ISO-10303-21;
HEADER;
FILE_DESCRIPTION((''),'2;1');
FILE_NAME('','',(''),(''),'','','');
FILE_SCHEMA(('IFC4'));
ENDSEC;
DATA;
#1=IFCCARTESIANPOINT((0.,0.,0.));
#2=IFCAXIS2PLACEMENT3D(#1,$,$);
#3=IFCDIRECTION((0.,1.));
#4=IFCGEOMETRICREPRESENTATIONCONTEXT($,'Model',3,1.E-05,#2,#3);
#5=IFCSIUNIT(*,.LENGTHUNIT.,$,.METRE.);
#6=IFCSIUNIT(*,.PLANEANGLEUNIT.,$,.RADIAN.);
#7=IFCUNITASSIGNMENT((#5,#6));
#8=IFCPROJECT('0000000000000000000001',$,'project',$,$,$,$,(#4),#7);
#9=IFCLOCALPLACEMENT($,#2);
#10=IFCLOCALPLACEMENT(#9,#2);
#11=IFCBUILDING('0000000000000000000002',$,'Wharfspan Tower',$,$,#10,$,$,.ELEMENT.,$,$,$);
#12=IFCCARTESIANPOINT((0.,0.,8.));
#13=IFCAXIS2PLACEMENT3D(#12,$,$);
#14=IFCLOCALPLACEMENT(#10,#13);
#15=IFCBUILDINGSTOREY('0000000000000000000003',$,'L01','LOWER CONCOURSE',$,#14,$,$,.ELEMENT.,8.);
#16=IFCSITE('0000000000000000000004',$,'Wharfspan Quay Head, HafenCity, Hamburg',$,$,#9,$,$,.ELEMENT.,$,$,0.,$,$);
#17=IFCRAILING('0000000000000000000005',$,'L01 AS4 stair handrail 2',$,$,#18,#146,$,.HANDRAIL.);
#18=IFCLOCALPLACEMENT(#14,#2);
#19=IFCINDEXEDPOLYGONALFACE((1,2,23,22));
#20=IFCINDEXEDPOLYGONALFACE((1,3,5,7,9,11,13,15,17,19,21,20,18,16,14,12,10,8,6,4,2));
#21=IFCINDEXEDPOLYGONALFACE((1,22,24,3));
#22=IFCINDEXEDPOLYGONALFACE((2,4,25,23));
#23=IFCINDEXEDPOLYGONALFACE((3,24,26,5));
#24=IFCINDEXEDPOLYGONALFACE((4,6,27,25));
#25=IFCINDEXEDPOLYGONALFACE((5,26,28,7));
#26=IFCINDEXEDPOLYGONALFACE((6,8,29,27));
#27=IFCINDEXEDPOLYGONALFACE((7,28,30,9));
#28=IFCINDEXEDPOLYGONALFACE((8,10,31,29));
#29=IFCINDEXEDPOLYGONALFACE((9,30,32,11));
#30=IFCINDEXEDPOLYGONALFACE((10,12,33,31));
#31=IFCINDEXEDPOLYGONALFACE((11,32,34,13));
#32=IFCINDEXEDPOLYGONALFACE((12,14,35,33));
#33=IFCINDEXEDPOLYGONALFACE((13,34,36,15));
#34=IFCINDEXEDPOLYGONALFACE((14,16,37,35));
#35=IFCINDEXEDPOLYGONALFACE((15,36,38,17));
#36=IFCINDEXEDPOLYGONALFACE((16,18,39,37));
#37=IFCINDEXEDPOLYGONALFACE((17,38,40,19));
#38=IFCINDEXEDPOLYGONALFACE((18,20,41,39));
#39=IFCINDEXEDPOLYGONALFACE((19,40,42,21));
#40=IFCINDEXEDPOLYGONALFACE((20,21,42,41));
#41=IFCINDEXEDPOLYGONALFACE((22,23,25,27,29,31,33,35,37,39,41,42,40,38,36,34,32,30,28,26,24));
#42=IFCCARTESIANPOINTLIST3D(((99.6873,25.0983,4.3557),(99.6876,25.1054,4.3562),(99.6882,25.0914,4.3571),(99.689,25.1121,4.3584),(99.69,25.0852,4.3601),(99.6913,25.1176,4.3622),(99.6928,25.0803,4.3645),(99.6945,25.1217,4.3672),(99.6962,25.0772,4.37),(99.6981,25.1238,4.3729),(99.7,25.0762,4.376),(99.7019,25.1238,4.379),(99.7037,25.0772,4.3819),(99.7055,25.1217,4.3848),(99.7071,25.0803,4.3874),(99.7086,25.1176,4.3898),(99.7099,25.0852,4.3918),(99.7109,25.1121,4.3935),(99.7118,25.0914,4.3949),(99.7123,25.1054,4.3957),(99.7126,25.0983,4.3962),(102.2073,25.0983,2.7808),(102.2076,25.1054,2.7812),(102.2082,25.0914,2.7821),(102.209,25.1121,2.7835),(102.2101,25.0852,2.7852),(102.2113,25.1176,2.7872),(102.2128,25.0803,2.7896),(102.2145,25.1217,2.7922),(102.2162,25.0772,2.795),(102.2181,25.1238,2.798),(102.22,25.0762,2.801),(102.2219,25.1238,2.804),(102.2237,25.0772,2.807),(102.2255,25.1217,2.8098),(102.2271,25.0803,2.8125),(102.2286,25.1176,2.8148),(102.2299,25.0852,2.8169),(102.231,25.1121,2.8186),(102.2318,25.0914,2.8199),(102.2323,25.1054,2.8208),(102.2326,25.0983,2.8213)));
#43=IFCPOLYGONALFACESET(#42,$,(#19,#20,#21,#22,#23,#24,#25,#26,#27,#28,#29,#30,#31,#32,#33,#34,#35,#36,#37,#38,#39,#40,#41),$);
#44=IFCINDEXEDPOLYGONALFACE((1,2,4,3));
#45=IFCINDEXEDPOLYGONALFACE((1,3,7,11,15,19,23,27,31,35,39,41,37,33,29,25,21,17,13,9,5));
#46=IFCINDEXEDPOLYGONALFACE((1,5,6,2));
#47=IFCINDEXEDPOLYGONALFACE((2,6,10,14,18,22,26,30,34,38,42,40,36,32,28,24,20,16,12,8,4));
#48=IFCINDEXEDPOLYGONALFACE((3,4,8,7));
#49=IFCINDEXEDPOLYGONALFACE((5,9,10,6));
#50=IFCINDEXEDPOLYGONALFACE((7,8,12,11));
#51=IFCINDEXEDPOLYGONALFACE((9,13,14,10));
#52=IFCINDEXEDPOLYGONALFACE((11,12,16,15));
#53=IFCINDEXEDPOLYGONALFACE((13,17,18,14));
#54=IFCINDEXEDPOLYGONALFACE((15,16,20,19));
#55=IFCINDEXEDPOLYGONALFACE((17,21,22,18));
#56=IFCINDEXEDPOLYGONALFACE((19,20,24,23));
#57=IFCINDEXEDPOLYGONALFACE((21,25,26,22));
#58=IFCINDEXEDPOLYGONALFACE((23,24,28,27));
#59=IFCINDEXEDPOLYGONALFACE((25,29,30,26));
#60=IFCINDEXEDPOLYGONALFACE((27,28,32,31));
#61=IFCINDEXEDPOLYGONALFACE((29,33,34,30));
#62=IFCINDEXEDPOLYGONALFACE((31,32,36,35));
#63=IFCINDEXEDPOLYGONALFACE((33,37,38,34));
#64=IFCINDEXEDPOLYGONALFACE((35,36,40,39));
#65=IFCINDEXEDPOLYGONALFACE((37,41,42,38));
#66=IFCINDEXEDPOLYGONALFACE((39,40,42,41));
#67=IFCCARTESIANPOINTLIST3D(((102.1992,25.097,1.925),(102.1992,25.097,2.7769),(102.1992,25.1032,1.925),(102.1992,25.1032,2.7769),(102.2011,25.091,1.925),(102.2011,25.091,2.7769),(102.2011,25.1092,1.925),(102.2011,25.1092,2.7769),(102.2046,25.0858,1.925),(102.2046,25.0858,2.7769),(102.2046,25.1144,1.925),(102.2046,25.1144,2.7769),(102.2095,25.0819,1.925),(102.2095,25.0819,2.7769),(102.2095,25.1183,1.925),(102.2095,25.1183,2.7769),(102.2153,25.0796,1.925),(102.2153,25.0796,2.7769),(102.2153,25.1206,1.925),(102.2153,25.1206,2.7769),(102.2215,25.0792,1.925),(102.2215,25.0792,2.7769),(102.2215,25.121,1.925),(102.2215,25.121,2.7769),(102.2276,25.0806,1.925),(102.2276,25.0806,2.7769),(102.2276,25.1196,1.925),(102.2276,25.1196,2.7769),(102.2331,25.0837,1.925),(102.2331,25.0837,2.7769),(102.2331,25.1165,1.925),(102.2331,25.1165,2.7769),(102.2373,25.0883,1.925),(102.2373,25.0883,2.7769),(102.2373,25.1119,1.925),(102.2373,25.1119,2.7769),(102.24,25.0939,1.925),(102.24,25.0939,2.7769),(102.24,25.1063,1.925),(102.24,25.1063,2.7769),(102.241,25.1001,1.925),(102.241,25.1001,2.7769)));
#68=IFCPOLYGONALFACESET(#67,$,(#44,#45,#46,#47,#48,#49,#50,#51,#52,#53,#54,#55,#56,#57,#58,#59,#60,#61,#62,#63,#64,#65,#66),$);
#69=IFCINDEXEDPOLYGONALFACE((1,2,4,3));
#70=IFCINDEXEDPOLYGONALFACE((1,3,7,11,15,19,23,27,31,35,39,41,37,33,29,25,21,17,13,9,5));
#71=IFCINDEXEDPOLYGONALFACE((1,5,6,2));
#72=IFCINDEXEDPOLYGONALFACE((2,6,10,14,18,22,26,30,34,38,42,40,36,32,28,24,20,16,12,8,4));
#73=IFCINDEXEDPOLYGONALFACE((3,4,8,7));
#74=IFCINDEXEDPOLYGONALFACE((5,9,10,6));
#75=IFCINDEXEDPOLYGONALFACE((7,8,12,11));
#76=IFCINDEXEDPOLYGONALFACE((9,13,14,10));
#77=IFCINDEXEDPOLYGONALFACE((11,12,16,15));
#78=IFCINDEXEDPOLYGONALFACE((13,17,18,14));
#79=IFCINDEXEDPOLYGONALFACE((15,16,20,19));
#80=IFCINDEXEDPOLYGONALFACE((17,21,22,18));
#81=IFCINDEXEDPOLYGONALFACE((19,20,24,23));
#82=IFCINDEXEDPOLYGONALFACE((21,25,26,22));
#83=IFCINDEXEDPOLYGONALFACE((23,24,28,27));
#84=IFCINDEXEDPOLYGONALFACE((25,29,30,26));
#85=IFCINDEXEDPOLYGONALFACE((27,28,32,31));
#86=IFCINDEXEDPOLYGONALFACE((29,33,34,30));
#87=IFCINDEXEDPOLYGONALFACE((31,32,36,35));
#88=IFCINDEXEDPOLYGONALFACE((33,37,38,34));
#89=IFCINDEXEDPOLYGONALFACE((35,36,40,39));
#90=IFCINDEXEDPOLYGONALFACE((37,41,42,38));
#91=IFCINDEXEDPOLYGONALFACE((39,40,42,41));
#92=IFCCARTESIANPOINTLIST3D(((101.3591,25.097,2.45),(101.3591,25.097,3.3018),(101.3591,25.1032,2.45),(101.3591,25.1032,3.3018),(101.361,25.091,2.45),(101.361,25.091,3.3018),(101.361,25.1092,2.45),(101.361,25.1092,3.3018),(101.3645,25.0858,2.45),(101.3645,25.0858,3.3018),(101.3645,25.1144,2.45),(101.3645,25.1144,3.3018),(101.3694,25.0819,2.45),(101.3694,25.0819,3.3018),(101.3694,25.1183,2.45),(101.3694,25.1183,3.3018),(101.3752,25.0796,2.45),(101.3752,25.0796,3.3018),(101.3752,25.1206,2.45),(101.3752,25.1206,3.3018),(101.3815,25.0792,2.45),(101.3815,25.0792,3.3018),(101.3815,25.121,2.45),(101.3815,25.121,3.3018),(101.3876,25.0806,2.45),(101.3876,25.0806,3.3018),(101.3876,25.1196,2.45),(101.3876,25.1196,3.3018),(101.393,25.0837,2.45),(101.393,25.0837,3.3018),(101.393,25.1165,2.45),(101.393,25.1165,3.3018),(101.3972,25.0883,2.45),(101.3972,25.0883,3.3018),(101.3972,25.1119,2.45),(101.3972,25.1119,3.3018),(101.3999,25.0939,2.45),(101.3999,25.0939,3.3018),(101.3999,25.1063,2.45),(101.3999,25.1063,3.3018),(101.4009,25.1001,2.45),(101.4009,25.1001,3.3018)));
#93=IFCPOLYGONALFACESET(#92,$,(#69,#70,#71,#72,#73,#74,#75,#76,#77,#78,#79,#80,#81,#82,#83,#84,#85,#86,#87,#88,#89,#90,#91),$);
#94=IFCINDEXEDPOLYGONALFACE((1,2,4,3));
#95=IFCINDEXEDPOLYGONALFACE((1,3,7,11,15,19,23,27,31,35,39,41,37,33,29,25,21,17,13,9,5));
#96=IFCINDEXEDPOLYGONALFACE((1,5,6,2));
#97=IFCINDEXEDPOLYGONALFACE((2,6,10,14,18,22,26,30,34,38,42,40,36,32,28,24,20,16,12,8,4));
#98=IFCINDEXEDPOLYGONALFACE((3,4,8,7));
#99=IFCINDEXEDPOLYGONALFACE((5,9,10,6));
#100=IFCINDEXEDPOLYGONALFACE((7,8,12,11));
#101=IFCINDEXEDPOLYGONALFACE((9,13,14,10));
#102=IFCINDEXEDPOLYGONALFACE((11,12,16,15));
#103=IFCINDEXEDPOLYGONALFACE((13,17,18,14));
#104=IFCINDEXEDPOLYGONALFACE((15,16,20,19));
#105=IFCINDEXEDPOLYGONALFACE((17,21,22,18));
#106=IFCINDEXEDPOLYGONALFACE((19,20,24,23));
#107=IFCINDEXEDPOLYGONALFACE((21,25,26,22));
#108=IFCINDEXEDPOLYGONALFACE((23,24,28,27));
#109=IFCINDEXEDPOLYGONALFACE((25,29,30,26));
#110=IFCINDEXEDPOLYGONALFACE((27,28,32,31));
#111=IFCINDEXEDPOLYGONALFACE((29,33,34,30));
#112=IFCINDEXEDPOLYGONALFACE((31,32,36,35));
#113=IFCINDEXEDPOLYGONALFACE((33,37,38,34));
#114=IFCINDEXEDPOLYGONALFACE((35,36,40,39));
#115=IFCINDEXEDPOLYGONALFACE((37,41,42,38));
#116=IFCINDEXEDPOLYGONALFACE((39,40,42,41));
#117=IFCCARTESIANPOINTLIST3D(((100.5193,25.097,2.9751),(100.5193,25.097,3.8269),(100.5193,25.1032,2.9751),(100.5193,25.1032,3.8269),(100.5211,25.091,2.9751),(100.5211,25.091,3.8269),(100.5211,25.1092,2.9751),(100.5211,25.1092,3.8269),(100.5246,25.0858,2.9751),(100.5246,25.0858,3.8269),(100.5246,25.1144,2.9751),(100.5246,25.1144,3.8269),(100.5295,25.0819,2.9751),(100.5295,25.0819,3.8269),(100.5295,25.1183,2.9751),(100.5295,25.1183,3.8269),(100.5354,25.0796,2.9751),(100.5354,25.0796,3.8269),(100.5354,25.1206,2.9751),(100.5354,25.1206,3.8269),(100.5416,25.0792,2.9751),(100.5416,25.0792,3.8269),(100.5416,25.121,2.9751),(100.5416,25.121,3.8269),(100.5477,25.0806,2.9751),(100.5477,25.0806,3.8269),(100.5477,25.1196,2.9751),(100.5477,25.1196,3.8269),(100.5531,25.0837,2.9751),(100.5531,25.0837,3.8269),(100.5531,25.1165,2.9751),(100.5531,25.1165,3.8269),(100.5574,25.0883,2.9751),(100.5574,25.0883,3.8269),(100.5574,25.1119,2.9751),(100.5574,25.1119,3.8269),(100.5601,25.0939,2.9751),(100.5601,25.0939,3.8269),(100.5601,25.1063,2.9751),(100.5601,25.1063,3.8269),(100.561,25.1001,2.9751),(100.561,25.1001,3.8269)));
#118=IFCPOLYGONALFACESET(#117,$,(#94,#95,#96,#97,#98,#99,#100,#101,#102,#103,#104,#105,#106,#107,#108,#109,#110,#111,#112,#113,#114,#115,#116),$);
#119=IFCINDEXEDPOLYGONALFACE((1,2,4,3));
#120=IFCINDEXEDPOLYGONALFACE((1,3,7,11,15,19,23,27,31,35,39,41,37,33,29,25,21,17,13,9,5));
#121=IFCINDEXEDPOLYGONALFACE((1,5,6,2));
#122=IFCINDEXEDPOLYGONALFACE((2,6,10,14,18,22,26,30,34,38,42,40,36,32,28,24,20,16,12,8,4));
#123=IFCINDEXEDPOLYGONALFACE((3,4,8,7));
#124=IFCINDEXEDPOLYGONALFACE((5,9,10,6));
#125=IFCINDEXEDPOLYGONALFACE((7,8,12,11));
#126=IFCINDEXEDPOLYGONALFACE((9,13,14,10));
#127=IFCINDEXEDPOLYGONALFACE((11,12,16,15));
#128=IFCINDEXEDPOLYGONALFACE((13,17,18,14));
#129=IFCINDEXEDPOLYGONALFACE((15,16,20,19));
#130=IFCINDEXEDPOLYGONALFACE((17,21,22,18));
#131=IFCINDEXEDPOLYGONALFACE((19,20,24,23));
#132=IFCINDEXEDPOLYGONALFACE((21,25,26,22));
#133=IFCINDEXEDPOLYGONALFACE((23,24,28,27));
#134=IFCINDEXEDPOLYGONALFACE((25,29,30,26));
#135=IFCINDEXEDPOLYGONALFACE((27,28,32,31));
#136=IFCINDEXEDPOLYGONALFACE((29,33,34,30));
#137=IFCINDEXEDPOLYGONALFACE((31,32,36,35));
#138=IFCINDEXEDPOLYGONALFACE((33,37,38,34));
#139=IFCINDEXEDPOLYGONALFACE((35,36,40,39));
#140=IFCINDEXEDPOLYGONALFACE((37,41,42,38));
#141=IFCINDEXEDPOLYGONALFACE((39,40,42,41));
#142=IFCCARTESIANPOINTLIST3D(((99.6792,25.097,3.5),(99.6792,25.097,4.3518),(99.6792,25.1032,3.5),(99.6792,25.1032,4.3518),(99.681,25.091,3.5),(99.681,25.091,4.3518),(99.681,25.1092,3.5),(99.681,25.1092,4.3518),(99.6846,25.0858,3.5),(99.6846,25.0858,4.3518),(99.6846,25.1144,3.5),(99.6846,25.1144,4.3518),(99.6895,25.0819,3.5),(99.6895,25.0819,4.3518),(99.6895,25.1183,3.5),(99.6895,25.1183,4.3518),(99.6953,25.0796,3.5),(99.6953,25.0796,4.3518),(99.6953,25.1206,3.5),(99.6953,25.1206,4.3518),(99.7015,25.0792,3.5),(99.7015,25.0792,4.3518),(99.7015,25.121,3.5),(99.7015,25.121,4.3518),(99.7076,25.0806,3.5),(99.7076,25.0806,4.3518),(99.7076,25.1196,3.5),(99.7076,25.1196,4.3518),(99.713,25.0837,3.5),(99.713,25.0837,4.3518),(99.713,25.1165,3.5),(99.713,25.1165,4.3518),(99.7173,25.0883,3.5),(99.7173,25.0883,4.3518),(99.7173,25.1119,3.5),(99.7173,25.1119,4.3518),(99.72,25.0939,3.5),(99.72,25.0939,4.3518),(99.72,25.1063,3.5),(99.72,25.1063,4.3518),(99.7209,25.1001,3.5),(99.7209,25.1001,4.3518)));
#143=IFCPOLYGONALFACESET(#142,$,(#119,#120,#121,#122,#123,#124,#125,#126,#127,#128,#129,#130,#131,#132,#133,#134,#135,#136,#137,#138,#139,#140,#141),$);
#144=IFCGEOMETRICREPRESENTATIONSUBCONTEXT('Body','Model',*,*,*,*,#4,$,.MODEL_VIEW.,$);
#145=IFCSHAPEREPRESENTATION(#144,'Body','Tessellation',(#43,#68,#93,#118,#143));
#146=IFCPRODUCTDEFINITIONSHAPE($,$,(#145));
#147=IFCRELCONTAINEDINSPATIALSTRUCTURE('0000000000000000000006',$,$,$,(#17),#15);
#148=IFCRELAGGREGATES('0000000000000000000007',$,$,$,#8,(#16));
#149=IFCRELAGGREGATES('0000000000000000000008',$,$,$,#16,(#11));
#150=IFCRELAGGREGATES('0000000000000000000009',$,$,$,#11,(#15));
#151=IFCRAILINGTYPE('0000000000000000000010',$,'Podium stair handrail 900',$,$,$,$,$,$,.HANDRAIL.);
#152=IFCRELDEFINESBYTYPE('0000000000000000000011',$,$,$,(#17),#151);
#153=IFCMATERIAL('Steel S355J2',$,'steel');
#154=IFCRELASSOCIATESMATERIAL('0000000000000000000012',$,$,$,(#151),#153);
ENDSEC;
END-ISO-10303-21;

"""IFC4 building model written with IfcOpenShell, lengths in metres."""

from ifc_helpers import new_model, si_unit, direction, frame, origin, origin_2d, place, context, subcontext, project, spatial, circle, extrude, material, type_object, element, save


model = new_model("IFC4")

# Units and contexts
model_context = context("Model", 3, precision=1e-05, world=origin(), true_north=direction((0.0, 1.0)))
body_context = subcontext(model_context, "Body", "Model", "MODEL_VIEW")
ifc_project = project(units=[si_unit("LENGTHUNIT", "METRE"), si_unit("PLANEANGLEUNIT", "RADIAN")], contexts=[model_context])

# Site, building, storey
site_placement = place(None, origin())
site = spatial("IfcSite", under=ifc_project, at=site_placement, Name="Wharfspan Quay Head, HafenCity, Hamburg", CompositionType="ELEMENT", RefElevation=0.0)
building_placement = place(site_placement, origin())
building = spatial("IfcBuilding", under=site, at=building_placement, Name="Wharfspan Tower", CompositionType="ELEMENT")
storey_placement = place(building_placement, frame((0.0, 0.0, 8.0)))
storey = spatial("IfcBuildingStorey", under=building, at=storey_placement, Name="L01", Description="LOWER CONCOURSE", CompositionType="ELEMENT", Elevation=8.0)

# Railing
ifc_material_1 = material(Name="Steel S355J2", Category="steel")
railing_type_1 = type_object("IfcRailingType", Name="Podium stair handrail 900", PredefinedType="HANDRAIL", material=ifc_material_1)
for number, where, name in (
    (1, (102.22, 25.1001, 1.925), "L01 AS4 stair handrail 2"),
):
    element("IfcRailing", number, at=place(storey_placement, frame(where)), inside=storey, type_object=railing_type_1, Name=name, PredefinedType="HANDRAIL", context=body_context, shape_type="SweptSolid", body=[
        extrude(circle(Radius=0.0239, at=origin_2d()), frame((0.0, 0.0, 0.876), z_axis=(-0.848008, 0.0, 0.529984), x_axis=(0.0, -1.0, 0.0)), (0.0, 0.0, 1.0), 2.9717),
        extrude(circle(Radius=0.021, at=origin_2d()), origin(), (0.0, 0.0, 1.0), 0.8518),
        extrude(circle(Radius=0.021, at=origin_2d()), frame((-0.8401, 0.0, 0.5249)), (0.0, 0.0, 1.0), 0.8518),
        extrude(circle(Radius=0.021, at=origin_2d()), frame((-1.6799, 0.0, 1.05)), (0.0, 0.0, 1.0), 0.8518),
        extrude(circle(Radius=0.021, at=origin_2d()), frame((-2.52, 0.0, 1.575)), (0.0, 0.0, 1.0), 0.8518),
    ])

save(model, "model.ifc")
